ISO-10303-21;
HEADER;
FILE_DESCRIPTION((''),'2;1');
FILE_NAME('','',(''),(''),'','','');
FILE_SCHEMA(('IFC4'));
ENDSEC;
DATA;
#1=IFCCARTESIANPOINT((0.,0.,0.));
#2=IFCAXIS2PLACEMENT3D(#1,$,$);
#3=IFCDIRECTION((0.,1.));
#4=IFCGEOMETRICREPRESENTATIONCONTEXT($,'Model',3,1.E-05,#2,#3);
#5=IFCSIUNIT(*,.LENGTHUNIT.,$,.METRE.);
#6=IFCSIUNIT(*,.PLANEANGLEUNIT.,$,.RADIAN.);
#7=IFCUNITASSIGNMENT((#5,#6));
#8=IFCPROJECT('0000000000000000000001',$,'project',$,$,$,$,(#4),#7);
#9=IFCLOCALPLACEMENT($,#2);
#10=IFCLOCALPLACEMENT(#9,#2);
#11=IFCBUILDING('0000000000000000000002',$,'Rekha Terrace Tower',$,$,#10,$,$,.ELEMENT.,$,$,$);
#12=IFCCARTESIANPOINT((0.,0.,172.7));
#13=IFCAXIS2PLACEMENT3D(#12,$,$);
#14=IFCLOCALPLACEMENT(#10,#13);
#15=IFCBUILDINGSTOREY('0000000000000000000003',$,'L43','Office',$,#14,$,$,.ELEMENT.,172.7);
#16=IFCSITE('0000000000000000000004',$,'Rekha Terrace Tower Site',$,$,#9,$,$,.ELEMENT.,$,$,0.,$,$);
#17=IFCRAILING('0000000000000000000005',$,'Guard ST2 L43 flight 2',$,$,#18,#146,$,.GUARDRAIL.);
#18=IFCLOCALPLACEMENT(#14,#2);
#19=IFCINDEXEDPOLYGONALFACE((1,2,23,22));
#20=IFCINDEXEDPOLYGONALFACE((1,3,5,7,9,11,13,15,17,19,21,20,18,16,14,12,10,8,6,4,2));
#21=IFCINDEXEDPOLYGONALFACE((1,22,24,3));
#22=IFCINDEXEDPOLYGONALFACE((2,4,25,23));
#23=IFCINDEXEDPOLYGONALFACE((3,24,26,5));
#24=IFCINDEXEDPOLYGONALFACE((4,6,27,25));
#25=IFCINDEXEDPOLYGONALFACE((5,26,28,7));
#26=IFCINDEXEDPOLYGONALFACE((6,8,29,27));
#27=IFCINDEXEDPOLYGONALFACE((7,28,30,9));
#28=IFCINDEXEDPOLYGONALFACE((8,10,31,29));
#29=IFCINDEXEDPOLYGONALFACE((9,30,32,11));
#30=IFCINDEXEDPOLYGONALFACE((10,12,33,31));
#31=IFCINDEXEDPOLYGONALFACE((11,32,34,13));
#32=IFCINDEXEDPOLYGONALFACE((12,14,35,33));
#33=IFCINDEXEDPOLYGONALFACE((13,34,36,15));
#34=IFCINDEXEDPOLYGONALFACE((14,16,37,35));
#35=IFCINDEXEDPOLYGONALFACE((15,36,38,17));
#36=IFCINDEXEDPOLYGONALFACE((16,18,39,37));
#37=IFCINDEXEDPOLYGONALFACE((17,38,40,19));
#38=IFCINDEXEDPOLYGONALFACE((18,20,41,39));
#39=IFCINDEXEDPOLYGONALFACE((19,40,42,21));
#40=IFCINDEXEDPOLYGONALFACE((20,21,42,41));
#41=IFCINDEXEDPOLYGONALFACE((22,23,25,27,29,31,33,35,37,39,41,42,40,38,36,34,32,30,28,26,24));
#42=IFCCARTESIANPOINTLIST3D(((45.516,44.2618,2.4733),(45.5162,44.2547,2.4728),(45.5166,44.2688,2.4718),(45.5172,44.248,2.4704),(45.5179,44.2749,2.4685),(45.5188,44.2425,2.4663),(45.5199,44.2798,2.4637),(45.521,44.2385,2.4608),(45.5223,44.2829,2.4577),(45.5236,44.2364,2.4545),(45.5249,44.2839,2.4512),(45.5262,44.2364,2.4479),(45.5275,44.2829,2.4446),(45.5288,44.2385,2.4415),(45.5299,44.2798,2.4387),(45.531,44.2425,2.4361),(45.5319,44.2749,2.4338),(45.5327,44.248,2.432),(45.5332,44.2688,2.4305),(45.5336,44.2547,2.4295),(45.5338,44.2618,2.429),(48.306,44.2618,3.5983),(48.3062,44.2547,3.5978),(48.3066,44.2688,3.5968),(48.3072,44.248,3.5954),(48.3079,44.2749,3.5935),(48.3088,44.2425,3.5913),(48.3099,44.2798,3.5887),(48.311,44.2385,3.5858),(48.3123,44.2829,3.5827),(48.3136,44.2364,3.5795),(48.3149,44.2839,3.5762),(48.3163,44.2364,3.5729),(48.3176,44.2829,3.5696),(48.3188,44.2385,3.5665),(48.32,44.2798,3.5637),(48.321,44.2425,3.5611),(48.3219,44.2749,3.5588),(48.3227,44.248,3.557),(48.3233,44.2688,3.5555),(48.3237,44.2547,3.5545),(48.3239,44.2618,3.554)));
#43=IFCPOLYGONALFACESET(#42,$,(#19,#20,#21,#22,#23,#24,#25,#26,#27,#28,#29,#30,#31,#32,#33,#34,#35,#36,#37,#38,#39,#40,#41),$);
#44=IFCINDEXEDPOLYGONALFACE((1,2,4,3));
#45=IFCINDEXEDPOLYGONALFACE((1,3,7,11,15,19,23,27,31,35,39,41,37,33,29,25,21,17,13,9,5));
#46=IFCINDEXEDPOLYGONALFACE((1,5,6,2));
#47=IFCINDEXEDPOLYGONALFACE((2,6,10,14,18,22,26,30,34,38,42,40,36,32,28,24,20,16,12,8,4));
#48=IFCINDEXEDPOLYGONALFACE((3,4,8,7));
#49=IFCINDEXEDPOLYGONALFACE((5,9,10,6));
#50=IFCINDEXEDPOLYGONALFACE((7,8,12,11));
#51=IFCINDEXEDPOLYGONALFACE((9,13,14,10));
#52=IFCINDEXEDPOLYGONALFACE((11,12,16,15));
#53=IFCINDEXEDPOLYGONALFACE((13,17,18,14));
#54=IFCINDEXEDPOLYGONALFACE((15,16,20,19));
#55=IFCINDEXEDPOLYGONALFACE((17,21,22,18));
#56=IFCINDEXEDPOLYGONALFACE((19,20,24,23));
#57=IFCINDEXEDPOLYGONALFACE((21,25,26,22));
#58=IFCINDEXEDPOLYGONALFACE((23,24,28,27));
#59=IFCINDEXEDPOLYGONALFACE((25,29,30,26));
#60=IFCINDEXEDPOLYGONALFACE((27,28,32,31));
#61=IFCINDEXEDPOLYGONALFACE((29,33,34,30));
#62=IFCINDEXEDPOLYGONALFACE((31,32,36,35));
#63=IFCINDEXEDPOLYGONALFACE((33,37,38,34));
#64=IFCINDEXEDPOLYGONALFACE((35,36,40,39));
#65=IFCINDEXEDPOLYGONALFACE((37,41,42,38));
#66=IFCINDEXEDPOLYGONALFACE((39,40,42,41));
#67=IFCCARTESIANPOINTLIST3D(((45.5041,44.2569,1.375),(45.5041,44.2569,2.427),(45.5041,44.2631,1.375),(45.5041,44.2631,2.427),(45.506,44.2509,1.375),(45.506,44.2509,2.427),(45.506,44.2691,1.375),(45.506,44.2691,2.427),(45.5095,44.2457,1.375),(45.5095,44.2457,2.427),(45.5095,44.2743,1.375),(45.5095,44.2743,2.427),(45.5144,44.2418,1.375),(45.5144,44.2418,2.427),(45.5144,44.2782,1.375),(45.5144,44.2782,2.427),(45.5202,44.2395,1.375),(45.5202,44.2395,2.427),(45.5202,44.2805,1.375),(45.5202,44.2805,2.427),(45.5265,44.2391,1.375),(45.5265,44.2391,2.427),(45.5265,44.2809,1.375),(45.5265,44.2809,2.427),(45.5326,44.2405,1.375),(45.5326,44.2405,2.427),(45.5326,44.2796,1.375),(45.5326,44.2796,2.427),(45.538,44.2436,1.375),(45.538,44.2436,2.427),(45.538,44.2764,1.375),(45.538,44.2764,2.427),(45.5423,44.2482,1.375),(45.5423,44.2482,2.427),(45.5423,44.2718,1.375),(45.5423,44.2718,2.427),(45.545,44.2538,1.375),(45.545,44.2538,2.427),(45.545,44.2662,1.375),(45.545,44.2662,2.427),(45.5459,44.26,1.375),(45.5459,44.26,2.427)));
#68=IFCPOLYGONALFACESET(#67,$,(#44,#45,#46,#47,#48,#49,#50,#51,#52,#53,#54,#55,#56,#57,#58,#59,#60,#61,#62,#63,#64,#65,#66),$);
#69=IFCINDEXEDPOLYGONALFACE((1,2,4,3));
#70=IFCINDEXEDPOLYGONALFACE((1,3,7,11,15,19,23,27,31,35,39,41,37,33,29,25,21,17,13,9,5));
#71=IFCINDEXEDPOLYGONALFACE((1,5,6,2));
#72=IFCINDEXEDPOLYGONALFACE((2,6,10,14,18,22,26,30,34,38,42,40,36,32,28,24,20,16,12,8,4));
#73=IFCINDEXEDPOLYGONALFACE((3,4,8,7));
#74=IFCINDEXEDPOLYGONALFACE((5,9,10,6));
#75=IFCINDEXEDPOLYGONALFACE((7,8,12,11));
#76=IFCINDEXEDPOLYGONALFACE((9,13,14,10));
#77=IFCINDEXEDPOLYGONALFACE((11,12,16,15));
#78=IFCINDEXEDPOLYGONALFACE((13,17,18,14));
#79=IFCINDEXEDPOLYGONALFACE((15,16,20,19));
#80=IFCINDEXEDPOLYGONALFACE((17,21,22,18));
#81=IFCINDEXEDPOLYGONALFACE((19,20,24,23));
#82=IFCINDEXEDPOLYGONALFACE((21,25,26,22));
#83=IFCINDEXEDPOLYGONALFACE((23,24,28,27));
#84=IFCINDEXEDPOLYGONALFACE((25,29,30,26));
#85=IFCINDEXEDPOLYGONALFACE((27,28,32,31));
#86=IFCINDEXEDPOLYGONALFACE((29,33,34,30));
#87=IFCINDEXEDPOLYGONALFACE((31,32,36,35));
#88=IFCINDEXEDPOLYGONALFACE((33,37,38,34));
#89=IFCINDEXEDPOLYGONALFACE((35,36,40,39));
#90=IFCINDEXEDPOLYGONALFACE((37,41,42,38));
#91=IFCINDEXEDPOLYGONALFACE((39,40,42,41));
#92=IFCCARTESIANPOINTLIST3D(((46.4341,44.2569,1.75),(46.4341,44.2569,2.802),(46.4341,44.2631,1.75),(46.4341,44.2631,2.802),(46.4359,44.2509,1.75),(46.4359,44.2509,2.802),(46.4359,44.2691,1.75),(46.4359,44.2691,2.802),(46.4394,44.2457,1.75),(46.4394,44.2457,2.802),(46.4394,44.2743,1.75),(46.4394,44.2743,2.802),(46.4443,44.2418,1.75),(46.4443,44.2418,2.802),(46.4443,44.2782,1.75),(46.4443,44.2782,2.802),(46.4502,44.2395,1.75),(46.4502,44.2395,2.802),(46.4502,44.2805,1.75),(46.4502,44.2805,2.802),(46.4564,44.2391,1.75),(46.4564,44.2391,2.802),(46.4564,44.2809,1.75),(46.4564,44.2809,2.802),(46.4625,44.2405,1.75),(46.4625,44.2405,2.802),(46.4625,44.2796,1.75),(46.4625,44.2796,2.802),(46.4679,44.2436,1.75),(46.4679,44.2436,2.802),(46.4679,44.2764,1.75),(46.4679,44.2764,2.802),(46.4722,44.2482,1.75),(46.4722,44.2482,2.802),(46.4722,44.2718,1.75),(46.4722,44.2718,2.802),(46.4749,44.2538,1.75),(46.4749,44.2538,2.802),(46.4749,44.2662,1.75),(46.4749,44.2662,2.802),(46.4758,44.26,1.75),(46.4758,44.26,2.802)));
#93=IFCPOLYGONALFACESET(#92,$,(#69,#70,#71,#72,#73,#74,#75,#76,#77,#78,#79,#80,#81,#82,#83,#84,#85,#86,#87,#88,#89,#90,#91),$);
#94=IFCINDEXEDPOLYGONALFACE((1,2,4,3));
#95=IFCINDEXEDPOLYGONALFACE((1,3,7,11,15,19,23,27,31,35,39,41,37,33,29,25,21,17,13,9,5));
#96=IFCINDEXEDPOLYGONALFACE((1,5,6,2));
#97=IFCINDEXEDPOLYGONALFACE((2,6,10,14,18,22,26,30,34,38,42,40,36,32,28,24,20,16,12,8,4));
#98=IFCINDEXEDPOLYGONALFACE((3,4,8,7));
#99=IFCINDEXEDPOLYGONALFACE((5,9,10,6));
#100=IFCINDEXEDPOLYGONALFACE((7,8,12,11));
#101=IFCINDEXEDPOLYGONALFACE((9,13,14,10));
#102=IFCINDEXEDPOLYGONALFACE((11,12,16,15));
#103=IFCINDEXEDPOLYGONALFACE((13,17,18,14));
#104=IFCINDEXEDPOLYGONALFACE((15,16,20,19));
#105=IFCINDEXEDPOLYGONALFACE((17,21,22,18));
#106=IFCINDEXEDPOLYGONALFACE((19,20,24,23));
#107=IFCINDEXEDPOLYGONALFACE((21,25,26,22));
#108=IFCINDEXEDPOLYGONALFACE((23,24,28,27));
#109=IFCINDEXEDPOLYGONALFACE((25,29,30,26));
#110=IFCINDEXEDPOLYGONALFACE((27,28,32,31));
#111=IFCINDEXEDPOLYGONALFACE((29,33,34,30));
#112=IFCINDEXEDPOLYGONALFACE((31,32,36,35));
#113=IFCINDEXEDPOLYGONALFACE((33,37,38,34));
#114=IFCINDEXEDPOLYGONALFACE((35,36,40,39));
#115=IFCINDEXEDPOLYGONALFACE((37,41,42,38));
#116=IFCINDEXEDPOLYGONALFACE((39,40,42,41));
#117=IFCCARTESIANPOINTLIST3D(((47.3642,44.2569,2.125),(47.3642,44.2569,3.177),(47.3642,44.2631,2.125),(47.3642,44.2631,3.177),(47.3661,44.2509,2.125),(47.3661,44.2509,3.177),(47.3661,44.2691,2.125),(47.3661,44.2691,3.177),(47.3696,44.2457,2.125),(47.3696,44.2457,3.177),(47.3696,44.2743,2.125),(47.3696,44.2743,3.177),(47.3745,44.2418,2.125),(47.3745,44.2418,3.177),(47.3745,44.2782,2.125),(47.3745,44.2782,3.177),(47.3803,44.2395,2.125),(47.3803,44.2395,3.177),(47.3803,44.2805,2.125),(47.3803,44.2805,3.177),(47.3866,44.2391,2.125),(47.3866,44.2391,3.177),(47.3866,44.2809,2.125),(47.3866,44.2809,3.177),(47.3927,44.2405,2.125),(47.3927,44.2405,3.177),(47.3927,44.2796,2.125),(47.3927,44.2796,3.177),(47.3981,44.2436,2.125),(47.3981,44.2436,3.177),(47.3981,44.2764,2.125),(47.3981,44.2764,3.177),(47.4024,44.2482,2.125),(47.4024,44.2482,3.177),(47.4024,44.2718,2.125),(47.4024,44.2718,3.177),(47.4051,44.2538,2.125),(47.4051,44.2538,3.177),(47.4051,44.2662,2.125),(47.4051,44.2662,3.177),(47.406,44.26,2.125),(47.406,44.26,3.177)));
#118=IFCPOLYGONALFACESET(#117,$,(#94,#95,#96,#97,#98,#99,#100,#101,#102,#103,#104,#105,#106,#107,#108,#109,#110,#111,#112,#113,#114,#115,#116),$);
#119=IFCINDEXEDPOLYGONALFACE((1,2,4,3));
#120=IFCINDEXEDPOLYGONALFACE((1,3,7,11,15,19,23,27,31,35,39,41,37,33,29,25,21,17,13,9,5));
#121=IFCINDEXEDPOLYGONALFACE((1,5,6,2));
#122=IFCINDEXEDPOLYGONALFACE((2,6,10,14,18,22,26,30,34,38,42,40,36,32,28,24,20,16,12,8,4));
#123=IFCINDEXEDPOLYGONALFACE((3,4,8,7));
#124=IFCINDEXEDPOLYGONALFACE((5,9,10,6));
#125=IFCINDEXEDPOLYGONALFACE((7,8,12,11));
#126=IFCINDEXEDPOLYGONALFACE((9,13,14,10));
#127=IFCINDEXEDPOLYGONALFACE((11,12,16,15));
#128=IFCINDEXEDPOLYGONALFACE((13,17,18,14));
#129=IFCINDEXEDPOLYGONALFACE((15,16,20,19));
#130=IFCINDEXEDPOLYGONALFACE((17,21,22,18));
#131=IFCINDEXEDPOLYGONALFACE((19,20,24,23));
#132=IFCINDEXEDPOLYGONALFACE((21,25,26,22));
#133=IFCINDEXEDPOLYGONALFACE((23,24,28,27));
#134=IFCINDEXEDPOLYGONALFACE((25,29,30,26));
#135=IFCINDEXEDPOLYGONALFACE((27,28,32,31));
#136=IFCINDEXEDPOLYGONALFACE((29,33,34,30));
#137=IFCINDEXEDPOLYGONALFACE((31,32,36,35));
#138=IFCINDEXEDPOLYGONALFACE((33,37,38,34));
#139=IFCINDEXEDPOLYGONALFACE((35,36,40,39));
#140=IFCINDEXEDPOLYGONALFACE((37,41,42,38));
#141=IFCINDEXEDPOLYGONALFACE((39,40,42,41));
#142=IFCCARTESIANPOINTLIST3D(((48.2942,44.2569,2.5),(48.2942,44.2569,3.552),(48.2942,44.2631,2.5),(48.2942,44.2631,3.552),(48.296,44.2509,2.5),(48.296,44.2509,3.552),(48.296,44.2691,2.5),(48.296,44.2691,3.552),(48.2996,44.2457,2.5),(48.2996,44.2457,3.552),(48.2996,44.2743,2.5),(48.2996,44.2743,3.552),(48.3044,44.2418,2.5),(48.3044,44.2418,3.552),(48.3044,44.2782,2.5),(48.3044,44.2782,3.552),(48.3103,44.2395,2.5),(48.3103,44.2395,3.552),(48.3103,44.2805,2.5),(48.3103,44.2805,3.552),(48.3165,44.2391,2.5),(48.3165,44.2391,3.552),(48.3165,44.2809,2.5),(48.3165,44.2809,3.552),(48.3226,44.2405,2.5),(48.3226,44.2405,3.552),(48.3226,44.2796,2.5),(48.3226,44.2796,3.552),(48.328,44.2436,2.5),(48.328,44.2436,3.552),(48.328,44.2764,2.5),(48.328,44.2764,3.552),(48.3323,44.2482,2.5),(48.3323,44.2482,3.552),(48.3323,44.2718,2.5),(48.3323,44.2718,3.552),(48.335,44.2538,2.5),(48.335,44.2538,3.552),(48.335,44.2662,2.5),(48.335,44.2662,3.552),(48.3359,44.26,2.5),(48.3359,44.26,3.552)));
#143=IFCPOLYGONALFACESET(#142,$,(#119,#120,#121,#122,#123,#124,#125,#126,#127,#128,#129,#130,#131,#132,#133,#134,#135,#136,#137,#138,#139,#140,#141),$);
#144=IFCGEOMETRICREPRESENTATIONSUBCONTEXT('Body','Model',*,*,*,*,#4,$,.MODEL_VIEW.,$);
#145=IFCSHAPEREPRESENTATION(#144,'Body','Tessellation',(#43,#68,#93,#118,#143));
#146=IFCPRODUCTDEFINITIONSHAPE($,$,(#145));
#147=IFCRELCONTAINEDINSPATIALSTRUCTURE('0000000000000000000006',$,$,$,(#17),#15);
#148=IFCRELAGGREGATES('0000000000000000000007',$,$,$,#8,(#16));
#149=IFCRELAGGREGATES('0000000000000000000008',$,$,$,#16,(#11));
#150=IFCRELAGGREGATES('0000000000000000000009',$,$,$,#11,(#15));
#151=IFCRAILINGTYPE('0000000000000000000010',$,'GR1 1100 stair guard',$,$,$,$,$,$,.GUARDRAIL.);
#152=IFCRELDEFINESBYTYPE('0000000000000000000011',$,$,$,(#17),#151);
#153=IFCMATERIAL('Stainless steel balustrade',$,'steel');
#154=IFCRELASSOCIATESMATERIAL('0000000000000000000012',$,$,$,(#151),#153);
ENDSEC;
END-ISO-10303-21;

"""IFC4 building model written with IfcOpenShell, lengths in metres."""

from ifc_helpers import new_model, si_unit, direction, frame, origin, origin_2d, place, context, subcontext, project, spatial, circle, extrude, material, type_object, element, save


model = new_model("IFC4")

# Units and contexts
model_context = context("Model", 3, precision=1e-05, world=origin(), true_north=direction((0.0, 1.0)))
body_context = subcontext(model_context, "Body", "Model", "MODEL_VIEW")
ifc_project = project(units=[si_unit("LENGTHUNIT", "METRE"), si_unit("PLANEANGLEUNIT", "RADIAN")], contexts=[model_context])

# Site, building, storey
site_placement = place(None, origin())
site = spatial("IfcSite", under=ifc_project, at=site_placement, Name="Rekha Terrace Tower Site", CompositionType="ELEMENT", RefElevation=0.0)
building_placement = place(site_placement, origin())
building = spatial("IfcBuilding", under=site, at=building_placement, Name="Rekha Terrace Tower", CompositionType="ELEMENT")
storey_placement = place(building_placement, frame((0.0, 0.0, 172.7)))
storey = spatial("IfcBuildingStorey", under=building, at=storey_placement, Name="L43", Description="Office", CompositionType="ELEMENT", Elevation=172.7)

# Railing
ifc_material_1 = material(Name="Stainless steel balustrade", Category="steel")
railing_type_1 = type_object("IfcRailingType", Name="GR1 1100 stair guard", PredefinedType="GUARDRAIL", material=ifc_material_1)
railing_1_placement = place(storey_placement, frame((45.5249, 44.26, 1.375)))
element("IfcRailing", 1, at=railing_1_placement, inside=storey, type_object=railing_type_1, Name="Guard ST2 L43 flight 2", PredefinedType="GUARDRAIL", context=body_context, shape_type="SweptSolid", body=[
    extrude(circle(Radius=0.0239, at=origin_2d()), frame((0.0, 0.0, 1.0762), z_axis=(0.927443, 0.0, 0.373964), x_axis=(0.0, 1.0, 0.0)), (0.0, 0.0, 1.0), 3.0083),
    extrude(circle(Radius=0.021, at=origin_2d()), origin(), (0.0, 0.0, 1.0), 1.052),
    extrude(circle(Radius=0.021, at=origin_2d()), frame((0.9299, 0.0, 0.375)), (0.0, 0.0, 1.0), 1.052),
    extrude(circle(Radius=0.021, at=origin_2d()), frame((1.8601, 0.0, 0.75)), (0.0, 0.0, 1.0), 1.052),
    extrude(circle(Radius=0.021, at=origin_2d()), frame((2.79, 0.0, 1.125)), (0.0, 0.0, 1.0), 1.052),
])

save(model, "model.ifc")
